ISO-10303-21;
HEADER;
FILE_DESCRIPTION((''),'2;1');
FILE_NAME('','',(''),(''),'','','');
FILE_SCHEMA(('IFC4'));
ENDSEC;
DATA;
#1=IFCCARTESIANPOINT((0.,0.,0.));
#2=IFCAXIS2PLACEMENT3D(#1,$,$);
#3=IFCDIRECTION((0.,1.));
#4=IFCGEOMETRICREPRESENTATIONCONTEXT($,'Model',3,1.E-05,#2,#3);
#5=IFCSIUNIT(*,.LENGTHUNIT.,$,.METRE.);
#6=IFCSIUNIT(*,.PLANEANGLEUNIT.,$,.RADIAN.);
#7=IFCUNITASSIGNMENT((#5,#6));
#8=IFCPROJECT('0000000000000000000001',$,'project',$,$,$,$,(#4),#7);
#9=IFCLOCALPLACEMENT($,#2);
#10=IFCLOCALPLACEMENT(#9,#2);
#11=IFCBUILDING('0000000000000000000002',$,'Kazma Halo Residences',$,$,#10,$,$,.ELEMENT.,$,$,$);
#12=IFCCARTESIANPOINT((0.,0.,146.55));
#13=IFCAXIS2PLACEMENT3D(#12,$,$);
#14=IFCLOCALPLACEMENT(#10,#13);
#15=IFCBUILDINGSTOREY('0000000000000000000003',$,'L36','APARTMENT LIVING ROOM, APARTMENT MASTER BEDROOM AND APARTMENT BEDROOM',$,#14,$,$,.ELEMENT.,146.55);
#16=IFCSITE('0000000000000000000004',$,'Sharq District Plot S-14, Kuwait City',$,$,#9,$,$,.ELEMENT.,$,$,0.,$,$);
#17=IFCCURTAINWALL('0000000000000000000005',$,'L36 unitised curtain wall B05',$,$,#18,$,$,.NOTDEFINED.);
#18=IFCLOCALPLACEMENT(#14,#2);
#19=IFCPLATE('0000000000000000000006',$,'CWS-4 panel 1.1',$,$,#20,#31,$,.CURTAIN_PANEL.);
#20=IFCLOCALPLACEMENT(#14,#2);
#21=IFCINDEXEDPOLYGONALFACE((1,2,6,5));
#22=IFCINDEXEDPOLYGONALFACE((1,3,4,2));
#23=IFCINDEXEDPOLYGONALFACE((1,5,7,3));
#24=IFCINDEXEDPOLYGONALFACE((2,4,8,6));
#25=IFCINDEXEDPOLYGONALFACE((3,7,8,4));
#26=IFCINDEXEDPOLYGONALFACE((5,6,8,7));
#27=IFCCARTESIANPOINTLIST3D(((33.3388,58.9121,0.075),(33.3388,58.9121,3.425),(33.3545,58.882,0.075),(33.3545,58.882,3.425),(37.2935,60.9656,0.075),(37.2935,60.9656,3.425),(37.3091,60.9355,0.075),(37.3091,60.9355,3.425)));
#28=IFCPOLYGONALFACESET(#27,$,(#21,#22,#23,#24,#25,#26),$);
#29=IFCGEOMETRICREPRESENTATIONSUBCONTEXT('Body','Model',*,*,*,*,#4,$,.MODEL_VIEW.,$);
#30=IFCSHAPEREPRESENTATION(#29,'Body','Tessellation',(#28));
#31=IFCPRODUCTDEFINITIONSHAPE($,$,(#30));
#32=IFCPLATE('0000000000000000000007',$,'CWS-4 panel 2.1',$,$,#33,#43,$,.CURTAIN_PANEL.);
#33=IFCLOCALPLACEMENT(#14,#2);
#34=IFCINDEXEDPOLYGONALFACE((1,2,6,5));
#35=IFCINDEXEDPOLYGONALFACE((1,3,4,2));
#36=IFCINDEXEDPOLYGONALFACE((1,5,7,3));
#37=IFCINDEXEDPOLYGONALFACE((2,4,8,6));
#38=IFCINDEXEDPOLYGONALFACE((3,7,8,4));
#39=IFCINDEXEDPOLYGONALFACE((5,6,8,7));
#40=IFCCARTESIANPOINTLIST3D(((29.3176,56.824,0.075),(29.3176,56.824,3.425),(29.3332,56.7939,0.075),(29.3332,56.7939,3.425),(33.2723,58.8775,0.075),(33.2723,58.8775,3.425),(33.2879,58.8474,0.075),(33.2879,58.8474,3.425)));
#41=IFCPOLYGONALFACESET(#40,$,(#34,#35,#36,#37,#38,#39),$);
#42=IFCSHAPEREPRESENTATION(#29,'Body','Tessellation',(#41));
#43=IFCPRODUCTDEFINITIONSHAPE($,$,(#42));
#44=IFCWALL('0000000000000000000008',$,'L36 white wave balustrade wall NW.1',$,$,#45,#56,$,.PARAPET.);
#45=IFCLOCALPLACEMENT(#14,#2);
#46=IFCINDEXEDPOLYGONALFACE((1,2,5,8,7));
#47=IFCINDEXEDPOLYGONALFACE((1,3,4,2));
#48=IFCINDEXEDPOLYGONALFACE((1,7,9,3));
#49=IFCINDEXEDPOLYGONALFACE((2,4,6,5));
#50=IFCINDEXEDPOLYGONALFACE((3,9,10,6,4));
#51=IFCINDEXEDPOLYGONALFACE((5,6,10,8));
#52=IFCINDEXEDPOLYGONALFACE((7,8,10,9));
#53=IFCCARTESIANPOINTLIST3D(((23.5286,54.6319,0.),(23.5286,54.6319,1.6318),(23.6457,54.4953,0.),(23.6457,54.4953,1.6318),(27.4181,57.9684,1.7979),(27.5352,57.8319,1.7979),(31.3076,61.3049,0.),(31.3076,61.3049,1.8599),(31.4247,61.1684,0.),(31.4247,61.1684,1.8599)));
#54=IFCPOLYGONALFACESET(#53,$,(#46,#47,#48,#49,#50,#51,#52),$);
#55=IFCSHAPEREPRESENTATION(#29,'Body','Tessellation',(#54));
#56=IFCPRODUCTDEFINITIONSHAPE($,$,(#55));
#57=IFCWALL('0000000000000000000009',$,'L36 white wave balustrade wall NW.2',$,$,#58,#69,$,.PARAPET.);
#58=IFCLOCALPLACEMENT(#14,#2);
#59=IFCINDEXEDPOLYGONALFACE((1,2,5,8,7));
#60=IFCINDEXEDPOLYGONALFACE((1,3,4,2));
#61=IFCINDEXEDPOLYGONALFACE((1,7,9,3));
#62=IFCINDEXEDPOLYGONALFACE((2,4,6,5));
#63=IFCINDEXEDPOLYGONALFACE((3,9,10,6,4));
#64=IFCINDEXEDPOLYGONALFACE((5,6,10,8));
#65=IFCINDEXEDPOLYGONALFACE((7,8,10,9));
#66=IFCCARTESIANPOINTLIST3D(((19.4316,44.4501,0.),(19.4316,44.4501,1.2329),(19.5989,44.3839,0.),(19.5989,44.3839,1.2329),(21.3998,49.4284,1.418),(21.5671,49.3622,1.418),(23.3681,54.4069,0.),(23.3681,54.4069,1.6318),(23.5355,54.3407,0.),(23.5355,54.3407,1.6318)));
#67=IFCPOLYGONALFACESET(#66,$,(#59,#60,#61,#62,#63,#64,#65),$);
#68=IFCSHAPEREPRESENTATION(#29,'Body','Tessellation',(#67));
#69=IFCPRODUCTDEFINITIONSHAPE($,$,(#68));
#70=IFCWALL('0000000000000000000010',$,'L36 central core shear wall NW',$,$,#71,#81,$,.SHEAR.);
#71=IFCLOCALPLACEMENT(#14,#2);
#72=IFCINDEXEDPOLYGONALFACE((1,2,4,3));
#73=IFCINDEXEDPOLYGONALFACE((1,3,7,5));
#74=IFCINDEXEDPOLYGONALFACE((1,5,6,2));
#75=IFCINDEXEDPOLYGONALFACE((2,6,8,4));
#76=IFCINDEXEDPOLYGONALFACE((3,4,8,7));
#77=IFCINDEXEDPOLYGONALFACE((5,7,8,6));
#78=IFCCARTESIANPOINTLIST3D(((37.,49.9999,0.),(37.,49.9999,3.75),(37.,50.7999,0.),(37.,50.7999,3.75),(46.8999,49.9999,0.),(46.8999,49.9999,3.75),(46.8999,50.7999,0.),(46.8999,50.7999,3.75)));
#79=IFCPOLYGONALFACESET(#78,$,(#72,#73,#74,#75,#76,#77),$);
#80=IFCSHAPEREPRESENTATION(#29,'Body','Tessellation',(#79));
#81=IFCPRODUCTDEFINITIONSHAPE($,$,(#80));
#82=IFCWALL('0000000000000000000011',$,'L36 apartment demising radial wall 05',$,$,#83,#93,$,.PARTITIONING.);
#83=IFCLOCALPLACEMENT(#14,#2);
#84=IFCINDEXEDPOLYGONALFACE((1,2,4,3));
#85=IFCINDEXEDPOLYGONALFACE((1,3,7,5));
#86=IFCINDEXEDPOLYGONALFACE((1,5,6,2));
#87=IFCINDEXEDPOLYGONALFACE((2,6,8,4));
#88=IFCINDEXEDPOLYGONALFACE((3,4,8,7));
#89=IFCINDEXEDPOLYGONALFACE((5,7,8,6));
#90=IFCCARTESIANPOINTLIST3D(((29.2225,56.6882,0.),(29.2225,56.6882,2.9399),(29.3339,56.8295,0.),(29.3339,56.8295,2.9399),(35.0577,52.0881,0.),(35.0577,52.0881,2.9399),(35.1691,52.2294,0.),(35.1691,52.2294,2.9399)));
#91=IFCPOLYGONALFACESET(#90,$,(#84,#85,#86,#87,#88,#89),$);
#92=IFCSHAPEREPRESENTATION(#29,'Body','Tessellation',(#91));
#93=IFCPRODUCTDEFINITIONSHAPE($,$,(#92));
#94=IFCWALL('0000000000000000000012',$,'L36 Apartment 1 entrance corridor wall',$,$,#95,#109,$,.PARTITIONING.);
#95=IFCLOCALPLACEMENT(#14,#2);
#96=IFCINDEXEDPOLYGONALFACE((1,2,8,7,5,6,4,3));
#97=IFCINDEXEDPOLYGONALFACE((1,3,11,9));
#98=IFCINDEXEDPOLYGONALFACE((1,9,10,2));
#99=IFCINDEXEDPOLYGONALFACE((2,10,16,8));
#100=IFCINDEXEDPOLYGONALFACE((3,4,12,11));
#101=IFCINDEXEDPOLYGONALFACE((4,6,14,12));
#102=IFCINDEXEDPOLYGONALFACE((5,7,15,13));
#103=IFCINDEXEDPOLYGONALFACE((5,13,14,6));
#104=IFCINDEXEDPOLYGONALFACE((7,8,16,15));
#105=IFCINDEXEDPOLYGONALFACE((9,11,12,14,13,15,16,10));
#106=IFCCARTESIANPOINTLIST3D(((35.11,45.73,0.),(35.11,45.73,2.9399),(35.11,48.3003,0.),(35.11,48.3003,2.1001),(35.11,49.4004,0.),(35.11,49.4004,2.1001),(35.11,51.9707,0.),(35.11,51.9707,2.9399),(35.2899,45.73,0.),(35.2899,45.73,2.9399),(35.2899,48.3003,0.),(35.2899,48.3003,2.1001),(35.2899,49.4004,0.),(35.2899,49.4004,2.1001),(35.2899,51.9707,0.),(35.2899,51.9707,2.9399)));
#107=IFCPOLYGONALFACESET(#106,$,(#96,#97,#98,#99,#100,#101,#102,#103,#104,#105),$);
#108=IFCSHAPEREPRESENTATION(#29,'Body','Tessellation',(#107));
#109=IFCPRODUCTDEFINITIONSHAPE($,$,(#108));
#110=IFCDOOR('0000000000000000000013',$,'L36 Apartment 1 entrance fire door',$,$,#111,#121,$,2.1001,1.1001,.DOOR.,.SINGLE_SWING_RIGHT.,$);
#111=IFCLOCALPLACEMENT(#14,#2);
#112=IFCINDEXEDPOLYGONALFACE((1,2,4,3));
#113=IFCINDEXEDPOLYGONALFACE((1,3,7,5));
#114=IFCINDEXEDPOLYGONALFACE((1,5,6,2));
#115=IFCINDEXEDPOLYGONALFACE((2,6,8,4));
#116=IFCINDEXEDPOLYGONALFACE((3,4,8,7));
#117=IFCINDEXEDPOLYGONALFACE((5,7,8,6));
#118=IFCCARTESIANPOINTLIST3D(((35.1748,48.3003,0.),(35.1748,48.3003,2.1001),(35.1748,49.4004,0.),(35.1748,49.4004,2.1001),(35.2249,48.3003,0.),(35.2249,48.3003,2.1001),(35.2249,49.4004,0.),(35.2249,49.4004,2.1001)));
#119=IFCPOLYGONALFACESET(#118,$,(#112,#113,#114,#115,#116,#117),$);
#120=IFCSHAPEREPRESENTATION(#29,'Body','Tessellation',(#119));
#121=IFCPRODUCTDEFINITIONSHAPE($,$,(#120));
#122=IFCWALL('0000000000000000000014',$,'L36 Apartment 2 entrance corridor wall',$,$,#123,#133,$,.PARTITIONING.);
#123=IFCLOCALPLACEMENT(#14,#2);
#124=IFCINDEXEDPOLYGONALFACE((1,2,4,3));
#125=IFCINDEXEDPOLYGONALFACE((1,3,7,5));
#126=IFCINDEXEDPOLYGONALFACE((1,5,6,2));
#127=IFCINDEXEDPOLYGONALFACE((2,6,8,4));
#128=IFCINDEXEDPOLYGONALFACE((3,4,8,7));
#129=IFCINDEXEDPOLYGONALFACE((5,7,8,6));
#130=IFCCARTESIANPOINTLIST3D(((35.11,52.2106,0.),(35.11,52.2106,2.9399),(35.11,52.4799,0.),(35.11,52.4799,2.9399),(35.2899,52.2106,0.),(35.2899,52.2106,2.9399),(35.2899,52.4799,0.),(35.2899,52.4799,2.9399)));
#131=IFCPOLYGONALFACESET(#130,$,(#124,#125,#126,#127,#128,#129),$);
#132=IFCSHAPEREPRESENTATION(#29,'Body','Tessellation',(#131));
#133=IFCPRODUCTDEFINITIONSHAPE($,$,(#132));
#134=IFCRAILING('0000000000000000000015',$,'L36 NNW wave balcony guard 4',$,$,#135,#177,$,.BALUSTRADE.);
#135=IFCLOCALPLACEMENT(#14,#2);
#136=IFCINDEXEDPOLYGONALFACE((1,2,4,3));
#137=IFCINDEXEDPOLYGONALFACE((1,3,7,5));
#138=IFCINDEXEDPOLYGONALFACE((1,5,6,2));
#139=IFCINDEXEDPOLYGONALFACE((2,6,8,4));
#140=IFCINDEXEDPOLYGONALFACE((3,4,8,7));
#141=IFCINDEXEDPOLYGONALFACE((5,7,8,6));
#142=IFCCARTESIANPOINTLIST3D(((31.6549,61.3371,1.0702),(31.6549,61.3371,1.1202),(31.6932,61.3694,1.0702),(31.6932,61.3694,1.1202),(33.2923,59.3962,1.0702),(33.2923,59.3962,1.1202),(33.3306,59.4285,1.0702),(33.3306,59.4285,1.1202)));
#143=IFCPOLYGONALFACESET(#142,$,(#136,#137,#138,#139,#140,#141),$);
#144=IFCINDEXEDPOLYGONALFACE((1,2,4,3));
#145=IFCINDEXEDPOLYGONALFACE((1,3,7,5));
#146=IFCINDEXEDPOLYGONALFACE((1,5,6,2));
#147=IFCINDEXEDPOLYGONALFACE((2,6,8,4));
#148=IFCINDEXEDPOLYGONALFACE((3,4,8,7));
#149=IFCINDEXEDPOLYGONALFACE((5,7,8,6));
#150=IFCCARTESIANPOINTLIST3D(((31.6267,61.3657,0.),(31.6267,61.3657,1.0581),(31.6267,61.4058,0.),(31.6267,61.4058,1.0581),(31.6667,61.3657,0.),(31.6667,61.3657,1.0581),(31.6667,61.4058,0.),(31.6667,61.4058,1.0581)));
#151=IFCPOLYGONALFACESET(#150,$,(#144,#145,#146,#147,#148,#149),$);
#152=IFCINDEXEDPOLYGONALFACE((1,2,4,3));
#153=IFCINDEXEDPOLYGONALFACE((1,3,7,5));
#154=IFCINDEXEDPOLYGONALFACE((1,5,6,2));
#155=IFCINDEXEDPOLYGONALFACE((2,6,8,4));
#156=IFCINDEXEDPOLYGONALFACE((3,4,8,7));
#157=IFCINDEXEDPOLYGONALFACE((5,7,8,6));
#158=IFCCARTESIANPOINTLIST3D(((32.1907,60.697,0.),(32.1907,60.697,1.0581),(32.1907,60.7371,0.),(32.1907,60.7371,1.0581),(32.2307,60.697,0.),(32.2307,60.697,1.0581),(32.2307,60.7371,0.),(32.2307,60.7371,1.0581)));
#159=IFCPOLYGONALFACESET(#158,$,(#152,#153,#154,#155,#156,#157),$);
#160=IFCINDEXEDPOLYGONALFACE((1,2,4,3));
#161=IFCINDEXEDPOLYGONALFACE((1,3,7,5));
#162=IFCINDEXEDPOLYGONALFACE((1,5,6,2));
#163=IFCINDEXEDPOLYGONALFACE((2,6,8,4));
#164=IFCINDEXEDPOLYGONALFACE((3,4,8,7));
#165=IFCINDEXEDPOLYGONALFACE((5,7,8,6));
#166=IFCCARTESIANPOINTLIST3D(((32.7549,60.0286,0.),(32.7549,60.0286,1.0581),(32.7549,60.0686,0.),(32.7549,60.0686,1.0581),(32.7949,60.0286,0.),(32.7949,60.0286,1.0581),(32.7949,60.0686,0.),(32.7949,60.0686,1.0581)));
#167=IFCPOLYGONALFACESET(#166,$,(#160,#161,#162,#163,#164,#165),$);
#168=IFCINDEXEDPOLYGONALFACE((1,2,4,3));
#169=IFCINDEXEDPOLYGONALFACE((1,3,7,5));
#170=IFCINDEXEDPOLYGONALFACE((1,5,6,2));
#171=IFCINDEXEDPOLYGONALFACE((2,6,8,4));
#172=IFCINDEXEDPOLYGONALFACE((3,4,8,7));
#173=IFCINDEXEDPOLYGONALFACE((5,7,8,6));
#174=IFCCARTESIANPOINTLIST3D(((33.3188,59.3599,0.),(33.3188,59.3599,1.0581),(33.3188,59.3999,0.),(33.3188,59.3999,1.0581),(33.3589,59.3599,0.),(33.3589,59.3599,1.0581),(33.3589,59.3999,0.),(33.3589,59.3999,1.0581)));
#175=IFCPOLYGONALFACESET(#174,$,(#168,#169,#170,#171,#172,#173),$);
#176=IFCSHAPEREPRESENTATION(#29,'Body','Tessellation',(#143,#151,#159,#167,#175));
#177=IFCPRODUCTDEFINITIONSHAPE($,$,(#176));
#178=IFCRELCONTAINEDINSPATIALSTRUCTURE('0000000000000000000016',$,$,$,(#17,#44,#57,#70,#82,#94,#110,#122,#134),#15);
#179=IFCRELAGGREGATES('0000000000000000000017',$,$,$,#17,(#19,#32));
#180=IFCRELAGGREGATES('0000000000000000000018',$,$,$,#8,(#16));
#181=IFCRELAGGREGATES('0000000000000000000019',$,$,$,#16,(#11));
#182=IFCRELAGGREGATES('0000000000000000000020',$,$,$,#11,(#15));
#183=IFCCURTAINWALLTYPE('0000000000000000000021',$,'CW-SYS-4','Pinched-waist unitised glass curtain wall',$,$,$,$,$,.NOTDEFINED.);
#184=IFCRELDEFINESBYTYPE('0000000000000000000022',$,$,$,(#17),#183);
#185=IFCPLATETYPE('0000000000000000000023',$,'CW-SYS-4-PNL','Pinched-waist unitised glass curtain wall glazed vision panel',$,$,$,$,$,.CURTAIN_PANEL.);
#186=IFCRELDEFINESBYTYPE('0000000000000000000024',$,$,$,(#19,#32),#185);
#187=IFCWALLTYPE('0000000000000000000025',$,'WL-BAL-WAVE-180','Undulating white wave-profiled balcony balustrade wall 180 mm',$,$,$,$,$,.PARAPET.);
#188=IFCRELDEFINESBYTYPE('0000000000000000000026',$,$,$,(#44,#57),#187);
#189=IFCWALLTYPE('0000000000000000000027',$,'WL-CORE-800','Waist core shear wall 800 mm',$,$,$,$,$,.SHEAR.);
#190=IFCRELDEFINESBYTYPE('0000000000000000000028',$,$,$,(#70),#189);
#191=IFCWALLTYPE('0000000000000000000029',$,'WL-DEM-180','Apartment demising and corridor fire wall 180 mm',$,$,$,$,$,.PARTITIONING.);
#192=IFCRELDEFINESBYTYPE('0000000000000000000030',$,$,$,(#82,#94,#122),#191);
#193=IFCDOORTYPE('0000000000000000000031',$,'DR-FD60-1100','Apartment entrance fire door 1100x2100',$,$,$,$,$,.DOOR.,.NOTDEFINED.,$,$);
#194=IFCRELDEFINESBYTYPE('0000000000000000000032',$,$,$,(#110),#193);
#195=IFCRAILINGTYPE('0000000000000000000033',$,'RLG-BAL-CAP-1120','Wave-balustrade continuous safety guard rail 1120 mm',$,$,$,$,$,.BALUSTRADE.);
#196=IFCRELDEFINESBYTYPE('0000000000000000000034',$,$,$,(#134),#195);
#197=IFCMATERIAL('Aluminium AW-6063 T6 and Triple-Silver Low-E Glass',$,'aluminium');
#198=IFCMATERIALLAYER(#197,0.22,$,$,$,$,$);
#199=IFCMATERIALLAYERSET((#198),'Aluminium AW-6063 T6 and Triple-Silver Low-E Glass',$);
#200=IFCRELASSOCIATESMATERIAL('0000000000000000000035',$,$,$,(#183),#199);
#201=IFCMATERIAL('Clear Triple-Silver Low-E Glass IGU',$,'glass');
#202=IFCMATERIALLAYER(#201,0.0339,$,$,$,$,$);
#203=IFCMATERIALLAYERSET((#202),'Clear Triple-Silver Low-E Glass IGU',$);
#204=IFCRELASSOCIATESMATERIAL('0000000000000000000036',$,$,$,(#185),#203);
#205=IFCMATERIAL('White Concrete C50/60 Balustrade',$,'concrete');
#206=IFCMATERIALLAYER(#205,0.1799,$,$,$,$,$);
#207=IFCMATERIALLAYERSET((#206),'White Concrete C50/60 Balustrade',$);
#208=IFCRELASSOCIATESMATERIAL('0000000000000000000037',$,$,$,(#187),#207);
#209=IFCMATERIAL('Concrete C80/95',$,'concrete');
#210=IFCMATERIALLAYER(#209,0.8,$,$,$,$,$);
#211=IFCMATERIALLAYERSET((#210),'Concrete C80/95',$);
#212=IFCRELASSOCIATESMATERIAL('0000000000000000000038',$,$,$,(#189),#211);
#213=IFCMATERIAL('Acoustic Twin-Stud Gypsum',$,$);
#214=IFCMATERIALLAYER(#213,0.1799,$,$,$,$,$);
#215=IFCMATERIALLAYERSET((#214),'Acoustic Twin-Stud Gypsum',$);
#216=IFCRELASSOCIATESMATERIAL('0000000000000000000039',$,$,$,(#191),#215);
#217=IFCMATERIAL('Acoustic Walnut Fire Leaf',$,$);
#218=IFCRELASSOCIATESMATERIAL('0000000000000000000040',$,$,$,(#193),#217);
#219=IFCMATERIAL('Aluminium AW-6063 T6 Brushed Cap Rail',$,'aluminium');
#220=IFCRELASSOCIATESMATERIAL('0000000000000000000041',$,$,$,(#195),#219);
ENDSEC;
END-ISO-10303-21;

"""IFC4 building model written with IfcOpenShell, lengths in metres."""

from ifc_helpers import new_model, si_unit, direction, frame, frame_2d, origin, origin_2d, place, context, subcontext, project, spatial, polyline, rectangle, outline, extrude, material, layer, layer_set, type_object, element, fill, aggregate, save


model = new_model("IFC4")

# Units and contexts
model_context = context("Model", 3, precision=1e-05, world=origin(), true_north=direction((0.0, 1.0)))
body_context = subcontext(model_context, "Body", "Model", "MODEL_VIEW")
ifc_project = project(units=[si_unit("LENGTHUNIT", "METRE"), si_unit("PLANEANGLEUNIT", "RADIAN")], contexts=[model_context])

# Site, building, storey
site_placement = place(None, origin())
site = spatial("IfcSite", under=ifc_project, at=site_placement, Name="Sharq District Plot S-14, Kuwait City", CompositionType="ELEMENT", RefElevation=0.0)
building_placement = place(site_placement, origin())
building = spatial("IfcBuilding", under=site, at=building_placement, Name="Kazma Halo Residences", CompositionType="ELEMENT")
storey_placement = place(building_placement, frame((0.0, 0.0, 146.55)))
storey = spatial("IfcBuildingStorey", under=building, at=storey_placement, Name="L36", Description="APARTMENT LIVING ROOM, APARTMENT MASTER BEDROOM AND APARTMENT BEDROOM", CompositionType="ELEMENT", Elevation=146.55)

# Shared definitions
ifc_material_1 = material(Name="Concrete C80/95", Category="concrete")

# Curtain wall
ifc_material_2 = material(Name="Aluminium AW-6063 T6 and Triple-Silver Low-E Glass", Category="aluminium")
ifc_layer_1 = layer(ifc_material_2, 0.22)
ifc_layer_set_1 = layer_set([ifc_layer_1], Name="Aluminium AW-6063 T6 and Triple-Silver Low-E Glass")
curtain_wall_type = type_object("IfcCurtainWallType", Name="CW-SYS-4", Description="Pinched-waist unitised glass curtain wall", PredefinedType="NOTDEFINED", material=ifc_layer_set_1)
curtain_wall_1_placement = place(storey_placement, origin())
curtain_wall_1 = element("IfcCurtainWall", 1, at=curtain_wall_1_placement, inside=storey, type_object=curtain_wall_type, Name="L36 unitised curtain wall B05", PredefinedType="NOTDEFINED")

# Plates
ifc_material_3 = material(Name="Clear Triple-Silver Low-E Glass IGU", Category="glass")
ifc_layer_2 = layer(ifc_material_3, 0.0339)
ifc_layer_set_2 = layer_set([ifc_layer_2], Name="Clear Triple-Silver Low-E Glass IGU")
plate_type = type_object("IfcPlateType", Name="CW-SYS-4-PNL", Description="Pinched-waist unitised glass curtain wall glazed vision panel", PredefinedType="CURTAIN_PANEL", material=ifc_layer_set_2)
plate_1_placement = place(storey_placement, frame((35.324, 59.9238, 0.075), z_axis=(0.0, 0.0, 1.0), x_axis=(-0.887485, -0.460837, 0.0)))
plate_1 = element("IfcPlate", 2, at=plate_1_placement, type_object=plate_type, Name="CWS-4 panel 1.1", PredefinedType="CURTAIN_PANEL", context=body_context, shape_type="SweptSolid", body=[
    extrude(rectangle(XDim=4.4561, YDim=0.0339, at=origin_2d()), origin(), (0.0, 0.0, 1.0), 3.3501),
])
plate_2_placement = place(storey_placement, frame((31.3027, 57.8357, 0.075), z_axis=(0.0, 0.0, 1.0), x_axis=(-0.887485, -0.460837, 0.0)))
plate_2 = element("IfcPlate", 3, at=plate_2_placement, type_object=plate_type, Name="CWS-4 panel 2.1", PredefinedType="CURTAIN_PANEL", context=body_context, shape_type="SweptSolid", body=[
    extrude(rectangle(XDim=4.4561, YDim=0.0339, at=origin_2d()), origin(), (0.0, 0.0, 1.0), 3.3501),
])
aggregate(curtain_wall_1, [plate_1, plate_2])

# Walls
ifc_material_4 = material(Name="White Concrete C50/60 Balustrade", Category="concrete")
ifc_layer_3 = layer(ifc_material_4, 0.1799)
ifc_layer_set_3 = layer_set([ifc_layer_3], Name="White Concrete C50/60 Balustrade")
wall_type_1 = type_object("IfcWallType", Name="WL-BAL-WAVE-180", Description="Undulating white wave-profiled balcony balustrade wall 180 mm", PredefinedType="PARAPET", material=ifc_layer_set_3)
wall_1_placement = place(storey_placement, frame((31.3662, 61.2366, 0.0), z_axis=(0.0, 0.0, 1.0), x_axis=(-0.758999, -0.651091, 0.0)))
element("IfcWall", 4, at=wall_1_placement, inside=storey, type_object=wall_type_1, Name="L36 white wave balustrade wall NW.1", PredefinedType="PARAPET", context=body_context, shape_type="SweptSolid", body=[
    extrude(outline(polyline([(0.0, 0.0), (10.249, 0.0), (10.249, 1.6318), (5.1245, 1.7979), (0.0, 1.8599), (0.0, 0.0)])), frame((0.0, 0.0898, 0.0), z_axis=(0.0, -1.0, 0.0), x_axis=(1.0, 0.0, 0.0)), (0.0, 0.0, 1.0), 0.1799),
])
wall_2_placement = place(storey_placement, frame((23.4519, 54.3738, 0.0), z_axis=(0.0, 0.0, 1.0), x_axis=(-0.367669, -0.929957, 0.0)))
element("IfcWall", 5, at=wall_2_placement, inside=storey, type_object=wall_type_1, Name="L36 white wave balustrade wall NW.2", PredefinedType="PARAPET", context=body_context, shape_type="SweptSolid", body=[
    extrude(outline(polyline([(0.0, 0.0), (10.7068, 0.0), (10.7068, 1.2329), (5.3535, 1.418), (0.0, 1.6318), (0.0, 0.0)])), frame((0.0, 0.0898, 0.0), z_axis=(0.0, -1.0, 0.0), x_axis=(1.0, 0.0, 0.0)), (0.0, 0.0, 1.0), 0.1799),
])
ifc_layer_4 = layer(ifc_material_1, 0.8)
ifc_layer_set_4 = layer_set([ifc_layer_4], Name="Concrete C80/95")
wall_type_2 = type_object("IfcWallType", Name="WL-CORE-800", Description="Waist core shear wall 800 mm", PredefinedType="SHEAR", material=ifc_layer_set_4)
wall_3_placement = place(storey_placement, frame((37.0, 50.3999, 0.0), z_axis=(0.0, 0.0, 1.0), x_axis=(1.0, 0.0, 0.0)))
element("IfcWall", 6, at=wall_3_placement, inside=storey, type_object=wall_type_2, Name="L36 central core shear wall NW", PredefinedType="SHEAR", context=body_context, shape_type="SweptSolid", body=[
    extrude(rectangle(XDim=9.8999, YDim=0.8, at=frame_2d((4.95, 0.0))), origin(), (0.0, 0.0, 1.0), 3.75),
])
ifc_material_5 = material(Name="Acoustic Twin-Stud Gypsum")
ifc_layer_5 = layer(ifc_material_5, 0.1799)
ifc_layer_set_5 = layer_set([ifc_layer_5], Name="Acoustic Twin-Stud Gypsum")
wall_type_3 = type_object("IfcWallType", Name="WL-DEM-180", Description="Apartment demising and corridor fire wall 180 mm", PredefinedType="PARTITIONING", material=ifc_layer_set_5)
wall_4_placement = place(storey_placement, frame((35.1135, 52.1587, 0.0), z_axis=(0.0, 0.0, 1.0), x_axis=(-0.785317, 0.619093, 0.0)))
element("IfcWall", 7, at=wall_4_placement, inside=storey, type_object=wall_type_3, Name="L36 apartment demising radial wall 05", PredefinedType="PARTITIONING", context=body_context, shape_type="SweptSolid", body=[
    extrude(rectangle(XDim=7.4304, YDim=0.1799, at=frame_2d((3.7153, 0.0))), origin(), (0.0, 0.0, 1.0), 2.9399),
])

# Wall, opening, door
wall_5_placement = place(storey_placement, frame((35.2, 51.9707, 0.0), z_axis=(0.0, 0.0, 1.0), x_axis=(0.0, -1.0, 0.0)))
wall_5 = element("IfcWall", 8, at=wall_5_placement, inside=storey, type_object=wall_type_3, Name="L36 Apartment 1 entrance corridor wall", PredefinedType="PARTITIONING", context=body_context, shape_type="SweptSolid", body=[
    extrude(rectangle(XDim=6.2407, YDim=0.1799, at=frame_2d((3.1204, 0.0))), origin(), (0.0, 0.0, 1.0), 2.9399),
])
opening_1_placement = place(wall_5_placement, frame((2.5703, 0.0, 0.0)))
opening_1 = element("IfcOpeningElement", 9, at=opening_1_placement, cuts=wall_5, PredefinedType="OPENING", context=body_context, shape_type="SweptSolid", body=[
    extrude(rectangle(XDim=1.1001, YDim=2.1001, at=frame_2d((0.55, 1.05))), frame((0.0, 0.0999, 0.0), z_axis=(0.0, -1.0, 0.0), x_axis=(1.0, 0.0, 0.0)), (0.0, 0.0, 1.0), 0.2),
])
ifc_material_6 = material(Name="Acoustic Walnut Fire Leaf")
door_type_1 = type_object("IfcDoorType", Name="DR-FD60-1100", Description="Apartment entrance fire door 1100x2100", OperationType="NOTDEFINED", PredefinedType="DOOR", material=ifc_material_6)
door_1_placement = place(opening_1_placement, origin())
door_1 = element("IfcDoor", 10, at=door_1_placement, inside=storey, type_object=door_type_1, Name="L36 Apartment 1 entrance fire door", OperationType="SINGLE_SWING_RIGHT", OverallHeight=2.1001, OverallWidth=1.1001, PredefinedType="DOOR", context=body_context, shape_type="SweptSolid", body=[
    extrude(rectangle(XDim=1.1001, YDim=2.1001, at=frame_2d((0.55, 1.05))), frame((0.0, 0.0249, 0.0), z_axis=(0.0, -1.0, 0.0), x_axis=(1.0, 0.0, 0.0)), (0.0, 0.0, 1.0), 0.05),
])
fill(opening_1, door_1)

# Wall
wall_6_placement = place(storey_placement, frame((35.2, 52.48, 0.0), z_axis=(0.0, 0.0, 1.0), x_axis=(0.0, -1.0, 0.0)))
element("IfcWall", 11, at=wall_6_placement, inside=storey, type_object=wall_type_3, Name="L36 Apartment 2 entrance corridor wall", PredefinedType="PARTITIONING", context=body_context, shape_type="SweptSolid", body=[
    extrude(rectangle(XDim=0.2693, YDim=0.1799, at=frame_2d((0.1348, 0.0))), origin(), (0.0, 0.0, 1.0), 2.9399),
])

# Railing
ifc_material_7 = material(Name="Aluminium AW-6063 T6 Brushed Cap Rail", Category="aluminium")
railing_type = type_object("IfcRailingType", Name="RLG-BAL-CAP-1120", Description="Wave-balustrade continuous safety guard rail 1120 mm", PredefinedType="BALUSTRADE", material=ifc_material_7)
railing_1_placement = place(storey_placement, frame((31.6467, 61.3857, 0.0)))
element("IfcRailing", 12, at=railing_1_placement, inside=storey, type_object=railing_type, Name="L36 NNW wave balcony guard 4", PredefinedType="BALUSTRADE", context=body_context, shape_type="SweptSolid", body=[
    extrude(rectangle(XDim=0.05, YDim=0.05, at=origin_2d()), frame((0.0273, -0.0325, 1.0952), z_axis=(0.644803, -0.764349, 0.0), x_axis=(0.764349, 0.644803, 0.0)), (0.0, 0.0, 1.0), 2.5393),
    extrude(rectangle(XDim=0.04, YDim=0.04, at=origin_2d()), origin(), (0.0, 0.0, 1.0), 1.0581),
    extrude(rectangle(XDim=0.04, YDim=0.04, at=origin_2d()), frame((0.564, -0.6687, 0.0)), (0.0, 0.0, 1.0), 1.0581),
    extrude(rectangle(XDim=0.04, YDim=0.04, at=origin_2d()), frame((1.1282, -1.3372, 0.0)), (0.0, 0.0, 1.0), 1.0581),
    extrude(rectangle(XDim=0.04, YDim=0.04, at=origin_2d()), frame((1.6921, -2.0059, 0.0)), (0.0, 0.0, 1.0), 1.0581),
])

save(model, "model.ifc")
